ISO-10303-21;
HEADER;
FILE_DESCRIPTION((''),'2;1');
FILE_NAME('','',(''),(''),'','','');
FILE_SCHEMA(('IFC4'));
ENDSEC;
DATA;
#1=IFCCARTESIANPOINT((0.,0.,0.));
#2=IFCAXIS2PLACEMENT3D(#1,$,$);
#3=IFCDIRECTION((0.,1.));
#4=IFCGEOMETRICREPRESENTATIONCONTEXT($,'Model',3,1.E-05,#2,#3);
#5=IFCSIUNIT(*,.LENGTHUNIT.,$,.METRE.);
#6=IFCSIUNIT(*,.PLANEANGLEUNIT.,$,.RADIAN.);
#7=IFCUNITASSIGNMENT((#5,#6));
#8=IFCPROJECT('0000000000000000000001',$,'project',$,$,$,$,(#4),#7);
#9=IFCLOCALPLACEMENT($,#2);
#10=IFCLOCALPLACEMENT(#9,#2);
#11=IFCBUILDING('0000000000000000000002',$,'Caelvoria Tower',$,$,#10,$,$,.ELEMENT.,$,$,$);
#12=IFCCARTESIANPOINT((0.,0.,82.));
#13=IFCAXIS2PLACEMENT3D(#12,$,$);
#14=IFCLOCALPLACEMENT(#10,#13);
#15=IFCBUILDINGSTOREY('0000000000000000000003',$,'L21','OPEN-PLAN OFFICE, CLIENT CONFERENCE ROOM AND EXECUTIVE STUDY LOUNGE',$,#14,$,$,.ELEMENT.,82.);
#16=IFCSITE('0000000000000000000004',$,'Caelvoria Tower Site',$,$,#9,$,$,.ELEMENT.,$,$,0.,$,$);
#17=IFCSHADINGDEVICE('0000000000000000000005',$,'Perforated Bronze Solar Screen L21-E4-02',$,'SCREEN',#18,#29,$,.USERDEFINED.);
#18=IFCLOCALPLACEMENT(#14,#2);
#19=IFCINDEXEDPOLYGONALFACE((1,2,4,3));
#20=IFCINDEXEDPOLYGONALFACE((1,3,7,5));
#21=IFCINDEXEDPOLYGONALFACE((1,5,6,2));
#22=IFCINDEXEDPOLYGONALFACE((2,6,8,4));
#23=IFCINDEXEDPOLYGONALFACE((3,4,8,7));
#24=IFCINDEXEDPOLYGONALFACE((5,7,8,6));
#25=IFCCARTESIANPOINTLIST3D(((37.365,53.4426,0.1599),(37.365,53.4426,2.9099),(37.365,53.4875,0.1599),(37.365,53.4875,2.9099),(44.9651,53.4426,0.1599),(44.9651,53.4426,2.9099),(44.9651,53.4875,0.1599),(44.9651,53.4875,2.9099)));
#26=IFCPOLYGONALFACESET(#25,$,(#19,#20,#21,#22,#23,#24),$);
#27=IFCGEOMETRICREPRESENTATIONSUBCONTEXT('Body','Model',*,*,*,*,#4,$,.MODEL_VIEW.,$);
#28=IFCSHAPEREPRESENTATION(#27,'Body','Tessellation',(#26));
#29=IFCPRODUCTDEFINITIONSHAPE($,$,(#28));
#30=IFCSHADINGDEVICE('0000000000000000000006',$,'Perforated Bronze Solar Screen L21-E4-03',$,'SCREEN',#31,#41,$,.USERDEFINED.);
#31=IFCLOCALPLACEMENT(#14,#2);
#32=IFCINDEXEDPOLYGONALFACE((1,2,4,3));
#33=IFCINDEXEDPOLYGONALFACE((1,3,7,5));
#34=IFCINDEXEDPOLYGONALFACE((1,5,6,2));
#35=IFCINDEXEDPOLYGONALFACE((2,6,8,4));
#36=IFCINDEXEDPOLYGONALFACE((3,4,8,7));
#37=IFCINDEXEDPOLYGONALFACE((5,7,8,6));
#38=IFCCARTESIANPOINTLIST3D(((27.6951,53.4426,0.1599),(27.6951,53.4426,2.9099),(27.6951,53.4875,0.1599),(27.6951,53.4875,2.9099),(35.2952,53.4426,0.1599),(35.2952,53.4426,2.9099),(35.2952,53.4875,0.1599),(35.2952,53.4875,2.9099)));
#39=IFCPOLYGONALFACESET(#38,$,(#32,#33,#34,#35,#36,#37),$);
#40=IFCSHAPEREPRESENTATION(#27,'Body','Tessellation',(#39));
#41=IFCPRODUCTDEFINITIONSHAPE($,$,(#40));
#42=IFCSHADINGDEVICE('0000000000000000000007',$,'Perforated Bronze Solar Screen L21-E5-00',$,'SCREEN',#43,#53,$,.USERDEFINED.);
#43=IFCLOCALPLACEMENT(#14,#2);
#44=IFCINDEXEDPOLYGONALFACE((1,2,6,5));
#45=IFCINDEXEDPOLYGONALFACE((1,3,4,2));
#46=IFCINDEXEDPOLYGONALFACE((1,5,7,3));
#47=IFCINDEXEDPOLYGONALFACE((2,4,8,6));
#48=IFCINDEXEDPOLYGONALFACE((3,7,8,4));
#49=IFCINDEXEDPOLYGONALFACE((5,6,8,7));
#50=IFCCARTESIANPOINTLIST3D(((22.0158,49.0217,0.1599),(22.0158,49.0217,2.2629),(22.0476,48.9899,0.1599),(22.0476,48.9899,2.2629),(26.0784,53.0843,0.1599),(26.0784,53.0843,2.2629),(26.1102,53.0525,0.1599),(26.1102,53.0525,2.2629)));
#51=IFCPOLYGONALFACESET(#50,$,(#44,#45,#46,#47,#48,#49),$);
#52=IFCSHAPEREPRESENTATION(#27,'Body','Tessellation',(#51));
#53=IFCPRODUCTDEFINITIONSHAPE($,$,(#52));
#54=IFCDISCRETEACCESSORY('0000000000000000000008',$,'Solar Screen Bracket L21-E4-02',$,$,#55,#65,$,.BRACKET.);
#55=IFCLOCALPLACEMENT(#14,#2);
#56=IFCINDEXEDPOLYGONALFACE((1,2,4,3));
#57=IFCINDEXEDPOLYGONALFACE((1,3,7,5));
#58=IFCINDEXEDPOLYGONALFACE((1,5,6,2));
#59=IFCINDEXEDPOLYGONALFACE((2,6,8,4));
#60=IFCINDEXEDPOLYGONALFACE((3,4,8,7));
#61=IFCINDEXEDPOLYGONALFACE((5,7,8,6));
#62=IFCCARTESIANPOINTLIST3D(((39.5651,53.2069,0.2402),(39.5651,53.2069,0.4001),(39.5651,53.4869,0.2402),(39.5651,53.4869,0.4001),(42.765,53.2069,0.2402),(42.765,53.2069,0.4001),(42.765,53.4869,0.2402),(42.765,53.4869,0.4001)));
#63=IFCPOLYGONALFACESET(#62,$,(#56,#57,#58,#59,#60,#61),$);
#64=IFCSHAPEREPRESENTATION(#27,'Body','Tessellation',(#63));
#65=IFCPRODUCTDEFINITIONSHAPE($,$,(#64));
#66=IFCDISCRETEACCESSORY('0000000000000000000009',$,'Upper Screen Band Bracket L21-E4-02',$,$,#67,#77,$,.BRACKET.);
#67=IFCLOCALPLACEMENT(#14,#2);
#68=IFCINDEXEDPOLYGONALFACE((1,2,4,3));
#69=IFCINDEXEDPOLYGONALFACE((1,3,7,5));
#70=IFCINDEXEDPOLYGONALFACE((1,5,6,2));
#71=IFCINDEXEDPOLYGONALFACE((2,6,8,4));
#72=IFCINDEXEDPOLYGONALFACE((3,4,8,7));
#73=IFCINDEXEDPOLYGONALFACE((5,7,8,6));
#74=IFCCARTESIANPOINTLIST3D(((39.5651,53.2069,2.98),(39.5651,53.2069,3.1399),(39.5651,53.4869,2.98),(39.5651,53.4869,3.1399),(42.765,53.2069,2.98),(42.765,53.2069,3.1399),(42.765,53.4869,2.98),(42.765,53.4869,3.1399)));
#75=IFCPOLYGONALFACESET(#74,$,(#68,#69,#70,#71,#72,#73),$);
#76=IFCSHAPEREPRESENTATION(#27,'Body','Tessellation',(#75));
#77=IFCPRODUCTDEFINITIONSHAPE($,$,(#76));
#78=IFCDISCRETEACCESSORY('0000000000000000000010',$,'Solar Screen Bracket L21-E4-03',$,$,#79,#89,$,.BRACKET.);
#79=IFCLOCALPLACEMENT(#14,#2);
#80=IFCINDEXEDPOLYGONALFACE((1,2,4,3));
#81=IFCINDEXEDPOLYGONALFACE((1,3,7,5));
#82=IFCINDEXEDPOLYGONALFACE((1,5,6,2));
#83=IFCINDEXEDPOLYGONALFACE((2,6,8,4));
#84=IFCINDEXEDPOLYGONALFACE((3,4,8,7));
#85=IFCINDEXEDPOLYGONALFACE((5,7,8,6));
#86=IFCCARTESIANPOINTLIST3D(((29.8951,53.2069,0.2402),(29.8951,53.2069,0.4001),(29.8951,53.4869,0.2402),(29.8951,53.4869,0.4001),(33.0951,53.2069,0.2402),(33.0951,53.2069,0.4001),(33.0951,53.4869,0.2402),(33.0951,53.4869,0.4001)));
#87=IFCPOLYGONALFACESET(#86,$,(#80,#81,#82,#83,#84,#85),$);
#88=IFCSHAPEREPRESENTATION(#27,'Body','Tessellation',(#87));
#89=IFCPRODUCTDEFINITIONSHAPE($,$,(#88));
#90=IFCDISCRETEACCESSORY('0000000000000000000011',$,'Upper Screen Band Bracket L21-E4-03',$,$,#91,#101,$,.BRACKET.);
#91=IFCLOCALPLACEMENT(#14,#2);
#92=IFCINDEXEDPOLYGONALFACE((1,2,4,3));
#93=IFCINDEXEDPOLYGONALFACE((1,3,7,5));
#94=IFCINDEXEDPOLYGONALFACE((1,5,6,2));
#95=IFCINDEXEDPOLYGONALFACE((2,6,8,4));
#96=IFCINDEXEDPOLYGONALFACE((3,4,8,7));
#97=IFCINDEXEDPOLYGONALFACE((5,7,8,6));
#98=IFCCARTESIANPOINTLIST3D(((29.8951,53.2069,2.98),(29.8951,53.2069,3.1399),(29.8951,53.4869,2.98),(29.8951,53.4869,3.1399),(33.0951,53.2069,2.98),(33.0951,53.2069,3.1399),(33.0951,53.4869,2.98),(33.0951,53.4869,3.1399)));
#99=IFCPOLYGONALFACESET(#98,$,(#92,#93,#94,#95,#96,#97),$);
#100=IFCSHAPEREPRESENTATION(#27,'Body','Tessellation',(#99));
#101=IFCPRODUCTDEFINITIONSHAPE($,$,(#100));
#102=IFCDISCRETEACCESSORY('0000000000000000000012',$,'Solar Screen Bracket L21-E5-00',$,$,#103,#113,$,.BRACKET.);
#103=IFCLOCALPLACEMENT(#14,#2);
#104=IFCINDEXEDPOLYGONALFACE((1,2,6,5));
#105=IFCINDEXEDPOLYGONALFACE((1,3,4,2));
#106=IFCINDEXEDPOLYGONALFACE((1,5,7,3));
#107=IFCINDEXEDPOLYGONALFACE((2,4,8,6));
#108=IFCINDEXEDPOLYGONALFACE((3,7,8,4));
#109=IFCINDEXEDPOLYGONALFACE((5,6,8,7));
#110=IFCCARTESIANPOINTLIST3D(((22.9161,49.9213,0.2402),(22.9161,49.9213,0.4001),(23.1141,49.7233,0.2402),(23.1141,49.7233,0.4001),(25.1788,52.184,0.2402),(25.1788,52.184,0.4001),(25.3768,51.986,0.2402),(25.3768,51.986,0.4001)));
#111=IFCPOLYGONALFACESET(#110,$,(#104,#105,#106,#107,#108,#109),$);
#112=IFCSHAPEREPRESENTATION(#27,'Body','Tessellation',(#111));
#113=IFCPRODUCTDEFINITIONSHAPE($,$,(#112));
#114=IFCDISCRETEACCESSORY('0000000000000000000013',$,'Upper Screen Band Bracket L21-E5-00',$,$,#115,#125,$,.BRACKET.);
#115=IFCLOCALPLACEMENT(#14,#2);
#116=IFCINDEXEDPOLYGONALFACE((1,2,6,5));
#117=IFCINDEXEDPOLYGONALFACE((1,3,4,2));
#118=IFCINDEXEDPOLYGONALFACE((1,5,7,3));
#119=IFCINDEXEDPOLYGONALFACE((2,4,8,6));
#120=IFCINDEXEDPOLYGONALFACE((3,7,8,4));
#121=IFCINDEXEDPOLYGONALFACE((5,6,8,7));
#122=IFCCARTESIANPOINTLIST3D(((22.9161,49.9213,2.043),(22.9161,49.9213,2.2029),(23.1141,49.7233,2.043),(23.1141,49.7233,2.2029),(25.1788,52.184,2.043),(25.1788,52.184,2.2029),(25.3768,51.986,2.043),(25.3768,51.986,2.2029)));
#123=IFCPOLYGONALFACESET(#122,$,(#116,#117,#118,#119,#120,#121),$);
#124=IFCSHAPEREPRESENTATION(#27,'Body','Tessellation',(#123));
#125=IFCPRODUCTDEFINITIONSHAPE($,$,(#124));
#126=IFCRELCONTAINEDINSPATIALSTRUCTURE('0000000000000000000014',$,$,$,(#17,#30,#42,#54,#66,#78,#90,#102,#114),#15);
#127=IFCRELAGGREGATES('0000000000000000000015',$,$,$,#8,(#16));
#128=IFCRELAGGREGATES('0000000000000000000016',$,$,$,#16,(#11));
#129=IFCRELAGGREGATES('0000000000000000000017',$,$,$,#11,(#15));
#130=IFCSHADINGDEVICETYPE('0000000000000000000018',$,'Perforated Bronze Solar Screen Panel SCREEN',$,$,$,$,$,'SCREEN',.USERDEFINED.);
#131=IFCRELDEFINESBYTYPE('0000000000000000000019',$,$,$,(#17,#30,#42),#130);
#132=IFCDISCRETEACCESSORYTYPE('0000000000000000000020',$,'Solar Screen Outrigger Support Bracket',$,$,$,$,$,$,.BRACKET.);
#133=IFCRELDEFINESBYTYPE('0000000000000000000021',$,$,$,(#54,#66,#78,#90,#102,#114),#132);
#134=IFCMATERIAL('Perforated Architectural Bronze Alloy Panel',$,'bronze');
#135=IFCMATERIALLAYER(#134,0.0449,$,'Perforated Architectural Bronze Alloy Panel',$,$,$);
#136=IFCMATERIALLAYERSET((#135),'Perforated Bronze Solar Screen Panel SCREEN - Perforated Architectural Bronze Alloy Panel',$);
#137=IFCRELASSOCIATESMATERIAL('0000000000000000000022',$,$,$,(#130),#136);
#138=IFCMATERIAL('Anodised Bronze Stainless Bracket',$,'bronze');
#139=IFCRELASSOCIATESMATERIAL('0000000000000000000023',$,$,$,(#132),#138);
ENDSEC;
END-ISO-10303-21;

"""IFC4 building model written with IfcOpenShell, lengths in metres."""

from ifc_helpers import new_model, si_unit, direction, frame, origin, origin_2d, place, context, subcontext, project, spatial, rectangle, extrude, material, layer, layer_set, type_object, element, save


model = new_model("IFC4")

# Units and contexts
model_context = context("Model", 3, precision=1e-05, world=origin(), true_north=direction((0.0, 1.0)))
body_context = subcontext(model_context, "Body", "Model", "MODEL_VIEW")
ifc_project = project(units=[si_unit("LENGTHUNIT", "METRE"), si_unit("PLANEANGLEUNIT", "RADIAN")], contexts=[model_context])

# Site, building, storey
site_placement = place(None, origin())
site = spatial("IfcSite", under=ifc_project, at=site_placement, Name="Caelvoria Tower Site", CompositionType="ELEMENT", RefElevation=0.0)
building_placement = place(site_placement, origin())
building = spatial("IfcBuilding", under=site, at=building_placement, Name="Caelvoria Tower", CompositionType="ELEMENT")
storey_placement = place(building_placement, frame((0.0, 0.0, 82.0)))
storey = spatial("IfcBuildingStorey", under=building, at=storey_placement, Name="L21", Description="OPEN-PLAN OFFICE, CLIENT CONFERENCE ROOM AND EXECUTIVE STUDY LOUNGE", CompositionType="ELEMENT", Elevation=82.0)

# Shading devices
ifc_material_1 = material(Name="Perforated Architectural Bronze Alloy Panel", Category="bronze")
ifc_layer_1 = layer(ifc_material_1, 0.0449, Name="Perforated Architectural Bronze Alloy Panel")
ifc_layer_set_1 = layer_set([ifc_layer_1], Name="Perforated Bronze Solar Screen Panel SCREEN - Perforated Architectural Bronze Alloy Panel")
shading_device_type = type_object("IfcShadingDeviceType", Name="Perforated Bronze Solar Screen Panel SCREEN", ElementType="SCREEN", PredefinedType="USERDEFINED", material=ifc_layer_set_1)
for number, where, z_axis, x_axis, name in (
    (1, (41.165, 53.4651, 0.1599), (0.0, 0.0, 1.0), (-1.0, 0.0, 0.0), "Perforated Bronze Solar Screen L21-E4-02"),
    (2, (31.4951, 53.4651, 0.1599), (0.0, 0.0, 1.0), (-1.0, 0.0, 0.0), "Perforated Bronze Solar Screen L21-E4-03"),
):
    element("IfcShadingDevice", number, at=place(storey_placement, frame(where, z_axis=z_axis, x_axis=x_axis)), inside=storey, type_object=shading_device_type, Name=name, ObjectType="SCREEN", PredefinedType="USERDEFINED", context=body_context, shape_type="SweptSolid", body=[
        extrude(rectangle(XDim=7.6001, YDim=0.0449, at=origin_2d()), origin(), (0.0, 0.0, 1.0), 2.75),
    ])
shading_device_placement = place(storey_placement, frame((24.063, 51.0371, 0.1599), z_axis=(0.0, 0.0, 1.0), x_axis=(-0.707107, -0.707107, 0.0)))
element("IfcShadingDevice", 3, at=shading_device_placement, inside=storey, type_object=shading_device_type, Name="Perforated Bronze Solar Screen L21-E5-00", ObjectType="SCREEN", PredefinedType="USERDEFINED", context=body_context, shape_type="SweptSolid", body=[
    extrude(rectangle(XDim=5.7454, YDim=0.0449, at=origin_2d()), origin(), (0.0, 0.0, 1.0), 2.103),
])

# Discrete accessories
ifc_material_2 = material(Name="Anodised Bronze Stainless Bracket", Category="bronze")
discrete_accessory_type = type_object("IfcDiscreteAccessoryType", Name="Solar Screen Outrigger Support Bracket", PredefinedType="BRACKET", material=ifc_material_2)
for number, where, z_axis, x_axis, name in (
    (4, (41.165, 53.3469, 0.2402), (0.0, 0.0, 1.0), (-1.0, 0.0, 0.0), "Solar Screen Bracket L21-E4-02"),
    (5, (41.165, 53.3469, 2.98), (0.0, 0.0, 1.0), (-1.0, 0.0, 0.0), "Upper Screen Band Bracket L21-E4-02"),
    (6, (31.4951, 53.3469, 0.2402), (0.0, 0.0, 1.0), (-1.0, 0.0, 0.0), "Solar Screen Bracket L21-E4-03"),
    (7, (31.4951, 53.3469, 2.98), (0.0, 0.0, 1.0), (-1.0, 0.0, 0.0), "Upper Screen Band Bracket L21-E4-03"),
    (8, (24.1465, 50.9536, 0.2402), (0.0, 0.0, 1.0), (-0.707107, -0.707107, 0.0), "Solar Screen Bracket L21-E5-00"),
    (9, (24.1465, 50.9536, 2.043), (0.0, 0.0, 1.0), (-0.707107, -0.707107, 0.0), "Upper Screen Band Bracket L21-E5-00"),
):
    element("IfcDiscreteAccessory", number, at=place(storey_placement, frame(where, z_axis=z_axis, x_axis=x_axis)), inside=storey, type_object=discrete_accessory_type, Name=name, PredefinedType="BRACKET", context=body_context, shape_type="SweptSolid", body=[
        extrude(rectangle(XDim=3.2, YDim=0.28, at=origin_2d()), origin(), (0.0, 0.0, 1.0), 0.1599),
    ])

save(model, "model.ifc")
